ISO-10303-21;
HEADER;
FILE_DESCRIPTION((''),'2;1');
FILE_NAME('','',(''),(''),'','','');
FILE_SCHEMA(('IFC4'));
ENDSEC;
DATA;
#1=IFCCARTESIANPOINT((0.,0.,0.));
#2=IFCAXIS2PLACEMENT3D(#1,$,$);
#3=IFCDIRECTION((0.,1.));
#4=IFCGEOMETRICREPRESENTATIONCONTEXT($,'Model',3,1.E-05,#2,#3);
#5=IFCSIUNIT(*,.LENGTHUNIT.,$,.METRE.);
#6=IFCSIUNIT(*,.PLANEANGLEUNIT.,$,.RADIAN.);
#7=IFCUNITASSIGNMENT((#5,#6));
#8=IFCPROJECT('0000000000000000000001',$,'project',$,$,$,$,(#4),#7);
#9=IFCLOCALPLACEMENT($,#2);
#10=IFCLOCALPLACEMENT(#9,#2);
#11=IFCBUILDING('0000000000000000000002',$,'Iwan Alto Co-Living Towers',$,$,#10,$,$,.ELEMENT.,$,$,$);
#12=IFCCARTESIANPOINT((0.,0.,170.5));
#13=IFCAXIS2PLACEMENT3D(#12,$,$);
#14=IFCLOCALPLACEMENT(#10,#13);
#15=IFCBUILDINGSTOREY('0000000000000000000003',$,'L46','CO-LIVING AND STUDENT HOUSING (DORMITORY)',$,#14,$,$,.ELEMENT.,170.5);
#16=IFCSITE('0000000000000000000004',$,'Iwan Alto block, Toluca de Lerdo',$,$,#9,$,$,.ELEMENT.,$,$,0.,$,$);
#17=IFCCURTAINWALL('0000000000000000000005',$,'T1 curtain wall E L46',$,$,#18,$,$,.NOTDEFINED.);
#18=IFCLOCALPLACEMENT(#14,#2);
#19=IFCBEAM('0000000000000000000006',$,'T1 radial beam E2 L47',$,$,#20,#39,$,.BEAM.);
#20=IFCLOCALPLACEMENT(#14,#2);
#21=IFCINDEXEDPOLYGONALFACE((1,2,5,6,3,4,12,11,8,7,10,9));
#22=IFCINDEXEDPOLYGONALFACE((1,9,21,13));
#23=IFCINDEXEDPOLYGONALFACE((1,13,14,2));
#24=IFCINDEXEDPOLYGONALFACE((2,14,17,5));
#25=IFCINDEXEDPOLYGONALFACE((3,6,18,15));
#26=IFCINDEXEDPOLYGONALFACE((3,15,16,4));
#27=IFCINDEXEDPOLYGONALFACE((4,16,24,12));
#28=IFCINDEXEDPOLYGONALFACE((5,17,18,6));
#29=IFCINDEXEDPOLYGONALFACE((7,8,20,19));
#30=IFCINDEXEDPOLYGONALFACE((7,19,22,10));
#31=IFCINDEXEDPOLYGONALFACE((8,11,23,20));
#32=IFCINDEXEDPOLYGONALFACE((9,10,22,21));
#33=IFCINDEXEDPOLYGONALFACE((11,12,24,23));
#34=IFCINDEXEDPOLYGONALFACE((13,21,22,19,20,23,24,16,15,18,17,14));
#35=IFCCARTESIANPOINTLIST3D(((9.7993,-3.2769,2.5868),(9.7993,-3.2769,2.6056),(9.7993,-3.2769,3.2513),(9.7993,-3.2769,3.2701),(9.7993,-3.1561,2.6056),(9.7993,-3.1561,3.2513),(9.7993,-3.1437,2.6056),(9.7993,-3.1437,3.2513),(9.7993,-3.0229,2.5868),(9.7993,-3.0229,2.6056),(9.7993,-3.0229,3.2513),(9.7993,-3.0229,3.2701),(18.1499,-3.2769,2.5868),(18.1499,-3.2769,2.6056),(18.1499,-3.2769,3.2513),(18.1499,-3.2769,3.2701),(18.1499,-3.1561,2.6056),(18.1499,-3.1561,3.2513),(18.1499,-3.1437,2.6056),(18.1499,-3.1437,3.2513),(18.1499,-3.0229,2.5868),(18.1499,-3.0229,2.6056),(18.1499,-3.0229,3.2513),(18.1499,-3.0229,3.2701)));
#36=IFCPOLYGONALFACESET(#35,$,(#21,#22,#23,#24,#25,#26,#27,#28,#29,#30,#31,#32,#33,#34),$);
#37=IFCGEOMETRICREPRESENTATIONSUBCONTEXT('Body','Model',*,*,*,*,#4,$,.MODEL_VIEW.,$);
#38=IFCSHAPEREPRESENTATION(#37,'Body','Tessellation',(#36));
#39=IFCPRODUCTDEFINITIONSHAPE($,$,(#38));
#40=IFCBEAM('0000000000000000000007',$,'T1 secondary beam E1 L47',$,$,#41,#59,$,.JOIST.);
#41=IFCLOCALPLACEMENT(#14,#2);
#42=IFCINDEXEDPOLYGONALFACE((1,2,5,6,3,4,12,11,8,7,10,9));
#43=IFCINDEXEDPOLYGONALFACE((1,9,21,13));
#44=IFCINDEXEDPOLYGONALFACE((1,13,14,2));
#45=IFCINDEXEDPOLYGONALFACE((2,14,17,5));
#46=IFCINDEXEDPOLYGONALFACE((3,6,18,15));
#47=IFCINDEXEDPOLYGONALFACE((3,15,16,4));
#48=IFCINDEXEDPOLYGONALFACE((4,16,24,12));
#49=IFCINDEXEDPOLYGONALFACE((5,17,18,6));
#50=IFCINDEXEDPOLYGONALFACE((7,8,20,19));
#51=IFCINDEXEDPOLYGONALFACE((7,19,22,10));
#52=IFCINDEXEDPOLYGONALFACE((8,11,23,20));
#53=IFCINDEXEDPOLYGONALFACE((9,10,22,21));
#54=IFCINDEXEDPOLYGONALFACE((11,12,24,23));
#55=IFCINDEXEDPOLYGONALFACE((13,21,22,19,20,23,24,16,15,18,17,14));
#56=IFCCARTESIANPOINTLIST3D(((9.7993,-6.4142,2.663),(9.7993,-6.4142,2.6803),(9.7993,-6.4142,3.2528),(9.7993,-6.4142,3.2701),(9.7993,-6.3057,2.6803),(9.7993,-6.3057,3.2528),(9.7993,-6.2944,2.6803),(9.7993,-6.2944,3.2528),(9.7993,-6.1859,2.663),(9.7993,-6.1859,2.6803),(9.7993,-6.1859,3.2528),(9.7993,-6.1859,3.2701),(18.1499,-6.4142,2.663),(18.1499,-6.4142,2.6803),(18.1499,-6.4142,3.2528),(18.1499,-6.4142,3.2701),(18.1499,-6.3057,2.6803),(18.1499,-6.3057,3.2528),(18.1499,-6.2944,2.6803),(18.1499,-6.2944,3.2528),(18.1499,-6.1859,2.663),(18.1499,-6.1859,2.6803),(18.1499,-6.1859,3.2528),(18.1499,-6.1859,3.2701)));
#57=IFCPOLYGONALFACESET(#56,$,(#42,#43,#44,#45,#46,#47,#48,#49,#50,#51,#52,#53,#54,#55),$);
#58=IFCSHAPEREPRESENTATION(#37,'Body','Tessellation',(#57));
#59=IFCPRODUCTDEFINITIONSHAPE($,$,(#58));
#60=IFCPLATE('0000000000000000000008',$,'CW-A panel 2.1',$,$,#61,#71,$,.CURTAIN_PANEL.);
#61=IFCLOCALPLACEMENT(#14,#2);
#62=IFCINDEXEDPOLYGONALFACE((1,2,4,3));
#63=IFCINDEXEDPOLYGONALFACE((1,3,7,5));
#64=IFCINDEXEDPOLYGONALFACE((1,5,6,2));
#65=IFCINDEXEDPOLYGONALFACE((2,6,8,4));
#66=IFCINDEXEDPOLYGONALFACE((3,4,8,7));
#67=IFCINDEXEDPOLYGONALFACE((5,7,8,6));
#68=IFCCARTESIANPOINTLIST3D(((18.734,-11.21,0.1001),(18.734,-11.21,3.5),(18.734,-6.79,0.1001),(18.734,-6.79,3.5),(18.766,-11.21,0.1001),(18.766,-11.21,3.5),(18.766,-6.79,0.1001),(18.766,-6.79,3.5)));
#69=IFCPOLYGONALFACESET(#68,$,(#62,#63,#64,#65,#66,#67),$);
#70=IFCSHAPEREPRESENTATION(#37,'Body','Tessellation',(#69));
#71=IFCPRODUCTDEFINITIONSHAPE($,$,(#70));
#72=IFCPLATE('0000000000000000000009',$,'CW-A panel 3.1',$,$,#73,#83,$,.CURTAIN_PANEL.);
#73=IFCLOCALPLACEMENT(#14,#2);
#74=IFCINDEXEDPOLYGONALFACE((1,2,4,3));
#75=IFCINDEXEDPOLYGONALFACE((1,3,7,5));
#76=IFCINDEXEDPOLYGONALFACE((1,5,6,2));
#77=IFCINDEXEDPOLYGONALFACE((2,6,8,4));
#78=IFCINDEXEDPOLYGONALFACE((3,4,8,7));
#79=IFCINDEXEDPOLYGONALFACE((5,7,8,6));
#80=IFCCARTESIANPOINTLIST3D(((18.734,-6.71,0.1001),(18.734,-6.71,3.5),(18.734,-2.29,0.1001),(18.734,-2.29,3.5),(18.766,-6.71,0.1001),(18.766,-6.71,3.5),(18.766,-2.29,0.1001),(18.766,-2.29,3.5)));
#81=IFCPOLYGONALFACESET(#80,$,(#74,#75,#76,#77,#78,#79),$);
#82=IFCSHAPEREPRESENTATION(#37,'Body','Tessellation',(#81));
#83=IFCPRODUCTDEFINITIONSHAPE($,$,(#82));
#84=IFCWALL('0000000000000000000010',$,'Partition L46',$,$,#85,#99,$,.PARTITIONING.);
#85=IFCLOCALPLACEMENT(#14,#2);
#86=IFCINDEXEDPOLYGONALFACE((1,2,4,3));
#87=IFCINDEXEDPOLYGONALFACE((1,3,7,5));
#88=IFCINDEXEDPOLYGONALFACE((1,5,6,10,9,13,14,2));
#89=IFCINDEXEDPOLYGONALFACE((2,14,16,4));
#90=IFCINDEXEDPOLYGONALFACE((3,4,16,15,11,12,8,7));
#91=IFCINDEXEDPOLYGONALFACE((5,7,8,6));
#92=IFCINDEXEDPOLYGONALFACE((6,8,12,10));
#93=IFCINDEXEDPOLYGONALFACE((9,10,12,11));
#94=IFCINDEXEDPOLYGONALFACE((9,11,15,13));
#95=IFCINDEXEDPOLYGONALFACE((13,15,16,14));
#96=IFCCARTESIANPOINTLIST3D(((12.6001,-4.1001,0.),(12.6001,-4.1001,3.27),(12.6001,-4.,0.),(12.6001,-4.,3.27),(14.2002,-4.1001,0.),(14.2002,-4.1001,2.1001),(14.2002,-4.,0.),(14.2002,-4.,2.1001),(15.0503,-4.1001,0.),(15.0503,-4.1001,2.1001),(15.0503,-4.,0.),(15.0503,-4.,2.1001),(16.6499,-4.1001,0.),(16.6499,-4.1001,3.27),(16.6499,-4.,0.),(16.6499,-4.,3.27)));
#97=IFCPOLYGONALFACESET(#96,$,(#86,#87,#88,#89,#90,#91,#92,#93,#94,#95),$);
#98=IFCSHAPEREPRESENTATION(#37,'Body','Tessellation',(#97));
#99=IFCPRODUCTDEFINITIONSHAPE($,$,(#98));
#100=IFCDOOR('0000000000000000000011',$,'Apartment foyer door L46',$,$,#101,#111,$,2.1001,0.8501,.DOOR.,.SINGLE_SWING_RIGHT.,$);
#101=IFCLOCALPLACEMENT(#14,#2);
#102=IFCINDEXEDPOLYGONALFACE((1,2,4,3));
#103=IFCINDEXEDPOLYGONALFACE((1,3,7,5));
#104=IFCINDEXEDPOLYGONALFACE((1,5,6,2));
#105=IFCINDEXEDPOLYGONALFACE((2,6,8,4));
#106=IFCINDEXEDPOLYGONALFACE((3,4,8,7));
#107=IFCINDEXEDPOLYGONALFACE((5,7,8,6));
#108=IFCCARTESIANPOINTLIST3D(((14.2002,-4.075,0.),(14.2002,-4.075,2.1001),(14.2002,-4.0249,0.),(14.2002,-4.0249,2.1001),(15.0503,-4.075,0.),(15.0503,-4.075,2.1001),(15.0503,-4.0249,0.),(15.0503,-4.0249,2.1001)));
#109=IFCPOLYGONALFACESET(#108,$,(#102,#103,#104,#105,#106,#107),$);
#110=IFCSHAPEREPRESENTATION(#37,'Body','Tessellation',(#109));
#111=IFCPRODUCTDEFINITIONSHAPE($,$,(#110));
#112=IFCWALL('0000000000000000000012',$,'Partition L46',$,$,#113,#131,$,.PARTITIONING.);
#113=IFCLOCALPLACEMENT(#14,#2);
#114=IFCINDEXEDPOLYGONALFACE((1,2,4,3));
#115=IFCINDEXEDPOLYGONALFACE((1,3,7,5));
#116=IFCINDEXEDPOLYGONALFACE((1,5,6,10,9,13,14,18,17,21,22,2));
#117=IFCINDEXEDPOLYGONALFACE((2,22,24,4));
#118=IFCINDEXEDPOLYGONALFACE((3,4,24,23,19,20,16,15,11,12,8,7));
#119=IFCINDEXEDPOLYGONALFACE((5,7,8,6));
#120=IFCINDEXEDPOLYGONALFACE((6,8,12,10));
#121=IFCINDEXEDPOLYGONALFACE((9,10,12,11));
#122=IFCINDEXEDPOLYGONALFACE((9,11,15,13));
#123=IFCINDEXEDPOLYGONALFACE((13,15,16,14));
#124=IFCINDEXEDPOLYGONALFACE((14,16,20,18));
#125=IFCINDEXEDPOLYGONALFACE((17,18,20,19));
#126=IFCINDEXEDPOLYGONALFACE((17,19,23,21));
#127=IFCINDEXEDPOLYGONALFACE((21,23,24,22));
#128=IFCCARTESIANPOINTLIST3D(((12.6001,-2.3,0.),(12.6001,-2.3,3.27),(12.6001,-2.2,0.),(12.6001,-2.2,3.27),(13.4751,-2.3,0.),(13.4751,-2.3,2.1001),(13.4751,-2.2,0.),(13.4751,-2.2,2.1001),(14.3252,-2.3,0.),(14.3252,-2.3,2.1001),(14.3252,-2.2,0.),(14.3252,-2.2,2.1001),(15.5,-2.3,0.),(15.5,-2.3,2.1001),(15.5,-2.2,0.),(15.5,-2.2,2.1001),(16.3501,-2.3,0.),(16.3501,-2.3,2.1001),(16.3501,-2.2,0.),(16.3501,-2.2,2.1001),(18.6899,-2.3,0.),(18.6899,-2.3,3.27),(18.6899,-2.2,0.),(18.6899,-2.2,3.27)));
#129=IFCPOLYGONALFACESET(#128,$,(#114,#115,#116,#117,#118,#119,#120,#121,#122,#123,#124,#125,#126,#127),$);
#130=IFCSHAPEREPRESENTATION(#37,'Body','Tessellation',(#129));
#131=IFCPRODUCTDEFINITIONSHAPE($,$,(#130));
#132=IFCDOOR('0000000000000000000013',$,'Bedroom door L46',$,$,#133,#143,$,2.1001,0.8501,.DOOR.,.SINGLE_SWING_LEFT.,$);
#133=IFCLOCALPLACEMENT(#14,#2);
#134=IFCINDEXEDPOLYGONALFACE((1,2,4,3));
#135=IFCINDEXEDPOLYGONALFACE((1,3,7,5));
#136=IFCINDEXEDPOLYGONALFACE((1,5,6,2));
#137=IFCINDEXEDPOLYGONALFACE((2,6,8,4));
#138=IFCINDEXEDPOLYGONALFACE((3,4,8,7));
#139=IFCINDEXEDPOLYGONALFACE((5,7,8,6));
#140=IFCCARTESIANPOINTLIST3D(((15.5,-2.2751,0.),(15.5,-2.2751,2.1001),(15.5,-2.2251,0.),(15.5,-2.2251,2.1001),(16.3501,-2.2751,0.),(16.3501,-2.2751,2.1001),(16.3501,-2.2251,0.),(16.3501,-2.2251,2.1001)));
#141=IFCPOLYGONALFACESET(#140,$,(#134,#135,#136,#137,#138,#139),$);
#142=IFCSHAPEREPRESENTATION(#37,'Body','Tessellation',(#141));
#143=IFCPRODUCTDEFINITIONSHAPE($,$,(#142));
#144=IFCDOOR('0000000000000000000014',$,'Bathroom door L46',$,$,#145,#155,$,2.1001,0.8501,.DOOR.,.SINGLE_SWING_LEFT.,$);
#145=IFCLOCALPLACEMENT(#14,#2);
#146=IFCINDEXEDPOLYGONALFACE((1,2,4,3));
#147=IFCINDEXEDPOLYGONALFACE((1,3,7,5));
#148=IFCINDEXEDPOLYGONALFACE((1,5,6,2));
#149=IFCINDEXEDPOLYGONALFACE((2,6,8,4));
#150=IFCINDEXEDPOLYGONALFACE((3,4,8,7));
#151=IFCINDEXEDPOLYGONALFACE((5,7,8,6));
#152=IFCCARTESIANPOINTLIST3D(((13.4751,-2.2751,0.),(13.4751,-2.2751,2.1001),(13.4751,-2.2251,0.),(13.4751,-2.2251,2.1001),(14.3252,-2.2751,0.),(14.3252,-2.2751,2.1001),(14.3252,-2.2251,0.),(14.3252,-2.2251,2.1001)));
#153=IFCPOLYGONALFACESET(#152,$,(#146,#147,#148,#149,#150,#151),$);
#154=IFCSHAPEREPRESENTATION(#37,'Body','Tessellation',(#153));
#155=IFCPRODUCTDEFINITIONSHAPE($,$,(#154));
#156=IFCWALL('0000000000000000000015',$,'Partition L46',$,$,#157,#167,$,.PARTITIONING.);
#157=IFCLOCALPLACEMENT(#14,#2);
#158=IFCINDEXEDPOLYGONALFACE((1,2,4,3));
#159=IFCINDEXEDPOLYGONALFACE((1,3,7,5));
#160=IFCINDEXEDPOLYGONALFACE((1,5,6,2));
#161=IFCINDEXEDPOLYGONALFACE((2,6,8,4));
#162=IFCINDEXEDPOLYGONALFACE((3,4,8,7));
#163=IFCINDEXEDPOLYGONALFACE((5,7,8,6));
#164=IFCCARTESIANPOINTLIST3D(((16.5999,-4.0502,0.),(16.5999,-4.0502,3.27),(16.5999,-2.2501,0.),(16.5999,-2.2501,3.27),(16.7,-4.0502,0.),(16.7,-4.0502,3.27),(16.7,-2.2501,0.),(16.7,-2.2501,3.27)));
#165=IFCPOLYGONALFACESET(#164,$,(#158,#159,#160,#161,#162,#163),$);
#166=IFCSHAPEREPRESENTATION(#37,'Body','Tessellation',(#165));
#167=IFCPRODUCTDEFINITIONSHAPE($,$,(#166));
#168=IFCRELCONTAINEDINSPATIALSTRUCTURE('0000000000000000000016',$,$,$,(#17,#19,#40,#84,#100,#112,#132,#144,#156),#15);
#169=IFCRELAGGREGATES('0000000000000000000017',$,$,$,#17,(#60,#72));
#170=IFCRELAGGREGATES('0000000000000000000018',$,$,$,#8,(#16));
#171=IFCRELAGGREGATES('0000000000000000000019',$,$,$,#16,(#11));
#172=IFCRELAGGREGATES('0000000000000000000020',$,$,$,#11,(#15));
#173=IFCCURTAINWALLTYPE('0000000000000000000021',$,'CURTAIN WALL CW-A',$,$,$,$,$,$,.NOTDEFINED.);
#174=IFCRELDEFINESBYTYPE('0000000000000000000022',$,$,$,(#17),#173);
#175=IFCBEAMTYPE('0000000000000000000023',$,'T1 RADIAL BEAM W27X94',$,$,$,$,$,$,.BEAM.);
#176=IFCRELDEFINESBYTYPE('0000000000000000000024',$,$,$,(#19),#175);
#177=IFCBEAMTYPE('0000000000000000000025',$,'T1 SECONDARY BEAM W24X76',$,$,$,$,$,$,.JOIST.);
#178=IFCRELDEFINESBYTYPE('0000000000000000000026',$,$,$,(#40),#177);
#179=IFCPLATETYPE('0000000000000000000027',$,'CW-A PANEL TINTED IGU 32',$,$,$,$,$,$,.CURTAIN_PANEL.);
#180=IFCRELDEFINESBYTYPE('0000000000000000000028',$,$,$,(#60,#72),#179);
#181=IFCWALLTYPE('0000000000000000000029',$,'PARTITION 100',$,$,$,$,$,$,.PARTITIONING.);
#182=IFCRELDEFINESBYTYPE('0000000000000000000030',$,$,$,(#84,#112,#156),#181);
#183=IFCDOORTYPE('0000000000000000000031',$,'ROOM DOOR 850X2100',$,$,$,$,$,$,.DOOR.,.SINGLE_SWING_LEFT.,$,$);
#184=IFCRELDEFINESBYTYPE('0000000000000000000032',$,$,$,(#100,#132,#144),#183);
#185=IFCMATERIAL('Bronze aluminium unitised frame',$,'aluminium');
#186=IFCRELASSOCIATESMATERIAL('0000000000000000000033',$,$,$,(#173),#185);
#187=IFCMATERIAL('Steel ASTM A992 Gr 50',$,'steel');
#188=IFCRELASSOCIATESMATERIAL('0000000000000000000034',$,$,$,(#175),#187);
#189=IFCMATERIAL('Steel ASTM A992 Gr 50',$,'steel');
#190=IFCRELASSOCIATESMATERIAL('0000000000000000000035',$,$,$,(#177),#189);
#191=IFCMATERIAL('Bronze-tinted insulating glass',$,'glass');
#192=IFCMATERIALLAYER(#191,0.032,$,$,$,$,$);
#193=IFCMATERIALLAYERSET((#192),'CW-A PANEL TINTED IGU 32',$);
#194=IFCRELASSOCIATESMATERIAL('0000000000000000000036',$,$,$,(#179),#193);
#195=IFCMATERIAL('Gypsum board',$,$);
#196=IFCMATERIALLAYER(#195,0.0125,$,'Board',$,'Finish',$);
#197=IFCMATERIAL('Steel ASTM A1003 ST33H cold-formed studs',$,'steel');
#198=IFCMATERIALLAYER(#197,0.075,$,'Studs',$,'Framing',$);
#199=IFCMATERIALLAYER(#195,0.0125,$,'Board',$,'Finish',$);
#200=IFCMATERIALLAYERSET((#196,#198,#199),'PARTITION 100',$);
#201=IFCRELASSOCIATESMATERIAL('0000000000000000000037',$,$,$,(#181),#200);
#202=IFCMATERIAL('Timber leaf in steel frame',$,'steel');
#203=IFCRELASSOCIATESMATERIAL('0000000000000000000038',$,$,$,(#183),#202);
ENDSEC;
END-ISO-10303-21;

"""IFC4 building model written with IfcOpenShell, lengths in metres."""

from ifc_helpers import new_model, si_unit, direction, frame, frame_2d, origin, origin_2d, place, context, subcontext, project, spatial, rectangle, i_section, extrude, material, layer, layer_set, material_profile, profile_set, type_object, element, fill, aggregate, save


model = new_model("IFC4")

# Units and contexts
model_context = context("Model", 3, precision=1e-05, world=origin(), true_north=direction((0.0, 1.0)))
body_context = subcontext(model_context, "Body", "Model", "MODEL_VIEW")
ifc_project = project(units=[si_unit("LENGTHUNIT", "METRE"), si_unit("PLANEANGLEUNIT", "RADIAN")], contexts=[model_context])

# Site, building, storey
site_placement = place(None, origin())
site = spatial("IfcSite", under=ifc_project, at=site_placement, Name="Iwan Alto block, Toluca de Lerdo", CompositionType="ELEMENT", RefElevation=0.0)
building_placement = place(site_placement, origin())
building = spatial("IfcBuilding", under=site, at=building_placement, Name="Iwan Alto Co-Living Towers", CompositionType="ELEMENT")
storey_placement = place(building_placement, frame((0.0, 0.0, 170.5)))
storey = spatial("IfcBuildingStorey", under=building, at=storey_placement, Name="L46", Description="CO-LIVING AND STUDENT HOUSING (DORMITORY)", CompositionType="ELEMENT", Elevation=170.5)

# Curtain wall
ifc_material_1 = material(Name="Bronze aluminium unitised frame", Category="aluminium")
curtain_wall_type = type_object("IfcCurtainWallType", Name="CURTAIN WALL CW-A", PredefinedType="NOTDEFINED", material=ifc_material_1)
curtain_wall_placement = place(storey_placement, origin())
curtain_wall = element("IfcCurtainWall", 1, at=curtain_wall_placement, inside=storey, type_object=curtain_wall_type, Name="T1 curtain wall E L46", PredefinedType="NOTDEFINED")

# Beams
ifc_material_2 = material(Name="Steel ASTM A992 Gr 50", Category="steel")
ifc_material_profile_1 = material_profile(ifc_material_2, i_section(OverallWidth=0.2539, OverallDepth=0.6833, WebThickness=0.0125, FlangeThickness=0.0188, at=origin_2d()), Name="W27X94")
ifc_profile_set_1 = profile_set([ifc_material_profile_1], Name="Steel ASTM A992 Gr 50")
beam_type_1 = type_object("IfcBeamType", Name="T1 RADIAL BEAM W27X94", PredefinedType="BEAM", material=ifc_profile_set_1)
for number, where, z_axis, x_axis, name in (
    (2, (18.1499, -3.1499, 2.9285), (-1.0, 0.0, 0.0), (0.0, -1.0, 0.0), "T1 radial beam E2 L47"),
):
    element("IfcBeam", number, at=place(storey_placement, frame(where, z_axis=z_axis, x_axis=x_axis)), inside=storey, type_object=beam_type_1, Name=name, PredefinedType="BEAM", context=body_context, shape_type="SweptSolid", body=[
        extrude(i_section(OverallWidth=0.2539, OverallDepth=0.6833, WebThickness=0.0125, FlangeThickness=0.0188, at=origin_2d()), origin(), (0.0, 0.0, 1.0), 8.3506),
    ])
ifc_material_3 = material(Name="Steel ASTM A992 Gr 50", Category="steel")
ifc_material_profile_2 = material_profile(ifc_material_3, i_section(OverallWidth=0.2283, OverallDepth=0.6072, WebThickness=0.0112, FlangeThickness=0.0173, at=origin_2d()), Name="W24X76")
ifc_profile_set_2 = profile_set([ifc_material_profile_2], Name="Steel ASTM A992 Gr 50")
beam_type_2 = type_object("IfcBeamType", Name="T1 SECONDARY BEAM W24X76", PredefinedType="JOIST", material=ifc_profile_set_2)
beam_1_placement = place(storey_placement, frame((18.1499, -6.3, 2.9666), z_axis=(-1.0, 0.0, 0.0), x_axis=(0.0, -1.0, 0.0)))
element("IfcBeam", 3, at=beam_1_placement, inside=storey, type_object=beam_type_2, Name="T1 secondary beam E1 L47", PredefinedType="JOIST", context=body_context, shape_type="SweptSolid", body=[
    extrude(i_section(OverallWidth=0.2283, OverallDepth=0.6072, WebThickness=0.0112, FlangeThickness=0.0173, at=origin_2d()), origin(), (0.0, 0.0, 1.0), 8.3506),
])

# Plates
ifc_material_4 = material(Name="Bronze-tinted insulating glass", Category="glass")
ifc_layer_1 = layer(ifc_material_4, 0.032)
ifc_layer_set_1 = layer_set([ifc_layer_1], Name="CW-A PANEL TINTED IGU 32")
plate_type = type_object("IfcPlateType", Name="CW-A PANEL TINTED IGU 32", PredefinedType="CURTAIN_PANEL", material=ifc_layer_set_1)
plate_1_placement = place(storey_placement, frame((18.75, -9.0, 0.1001), z_axis=(0.0, 0.0, 1.0), x_axis=(0.0, 1.0, 0.0)))
plate_1 = element("IfcPlate", 4, at=plate_1_placement, type_object=plate_type, Name="CW-A panel 2.1", PredefinedType="CURTAIN_PANEL", context=body_context, shape_type="SweptSolid", body=[
    extrude(rectangle(XDim=4.4199, YDim=0.032, at=origin_2d()), origin(), (0.0, 0.0, 1.0), 3.3999),
])
plate_2_placement = place(storey_placement, frame((18.75, -4.5, 0.1001), z_axis=(0.0, 0.0, 1.0), x_axis=(0.0, 1.0, 0.0)))
plate_2 = element("IfcPlate", 5, at=plate_2_placement, type_object=plate_type, Name="CW-A panel 3.1", PredefinedType="CURTAIN_PANEL", context=body_context, shape_type="SweptSolid", body=[
    extrude(rectangle(XDim=4.4199, YDim=0.032, at=origin_2d()), origin(), (0.0, 0.0, 1.0), 3.3999),
])
aggregate(curtain_wall, [plate_1, plate_2])

# Wall, opening, door
ifc_material_5 = material(Name="Gypsum board")
ifc_layer_2 = layer(ifc_material_5, 0.0125, Name="Board", Category="Finish")
ifc_material_6 = material(Name="Steel ASTM A1003 ST33H cold-formed studs", Category="steel")
ifc_layer_3 = layer(ifc_material_6, 0.075, Name="Studs", Category="Framing")
ifc_layer_4 = layer(ifc_material_5, 0.0125, Name="Board", Category="Finish")
ifc_layer_set_2 = layer_set([ifc_layer_2, ifc_layer_3, ifc_layer_4], Name="PARTITION 100")
wall_type_1 = type_object("IfcWallType", Name="PARTITION 100", PredefinedType="PARTITIONING", material=ifc_layer_set_2)
wall_1_placement = place(storey_placement, frame((12.6001, -4.05, 0.0), z_axis=(0.0, 0.0, 1.0), x_axis=(1.0, 0.0, 0.0)))
wall_1 = element("IfcWall", 6, at=wall_1_placement, inside=storey, type_object=wall_type_1, Name="Partition L46", PredefinedType="PARTITIONING", context=body_context, shape_type="SweptSolid", body=[
    extrude(rectangle(XDim=4.0498, YDim=0.1001, at=frame_2d((2.0249, 0.0))), origin(), (0.0, 0.0, 1.0), 3.27),
])
opening_1_placement = place(wall_1_placement, frame((1.6001, 0.0, 0.0)))
opening_1 = element("IfcOpeningElement", 7, at=opening_1_placement, cuts=wall_1, PredefinedType="OPENING", context=body_context, shape_type="SweptSolid", body=[
    extrude(rectangle(XDim=0.8501, YDim=2.1001, at=frame_2d((0.425, 1.05))), frame((0.0, 0.0601, 0.0), z_axis=(0.0, -1.0, 0.0), x_axis=(1.0, 0.0, 0.0)), (0.0, 0.0, 1.0), 0.1201),
])
ifc_material_7 = material(Name="Timber leaf in steel frame", Category="steel")
door_type = type_object("IfcDoorType", Name="ROOM DOOR 850X2100", OperationType="SINGLE_SWING_LEFT", PredefinedType="DOOR", material=ifc_material_7)
door_1_placement = place(opening_1_placement, frame((0.8501, 0.0, 0.0), z_axis=(0.0, 0.0, 1.0), x_axis=(-1.0, 0.0, 0.0)))
door_1 = element("IfcDoor", 8, at=door_1_placement, inside=storey, type_object=door_type, Name="Apartment foyer door L46", OperationType="SINGLE_SWING_RIGHT", OverallHeight=2.1001, OverallWidth=0.8501, PredefinedType="DOOR", context=body_context, shape_type="SweptSolid", body=[
    extrude(rectangle(XDim=0.8501, YDim=2.1001, at=frame_2d((0.425, 1.05))), frame((0.0, 0.0249, 0.0), z_axis=(0.0, -1.0, 0.0), x_axis=(1.0, 0.0, 0.0)), (0.0, 0.0, 1.0), 0.05),
])
fill(opening_1, door_1)

# Wall, openings, doors
wall_2_placement = place(storey_placement, frame((12.6001, -2.25, 0.0), z_axis=(0.0, 0.0, 1.0), x_axis=(1.0, 0.0, 0.0)))
wall_2 = element("IfcWall", 9, at=wall_2_placement, inside=storey, type_object=wall_type_1, Name="Partition L46", PredefinedType="PARTITIONING", context=body_context, shape_type="SweptSolid", body=[
    extrude(rectangle(XDim=6.0898, YDim=0.1001, at=frame_2d((3.0449, 0.0))), origin(), (0.0, 0.0, 1.0), 3.27),
])
opening_2_placement = place(wall_2_placement, frame((2.8999, 0.0, 0.0)))
opening_2 = element("IfcOpeningElement", 10, at=opening_2_placement, cuts=wall_2, PredefinedType="OPENING", context=body_context, shape_type="SweptSolid", body=[
    extrude(rectangle(XDim=0.8501, YDim=2.1001, at=frame_2d((0.425, 1.05))), frame((0.0, 0.0601, 0.0), z_axis=(0.0, -1.0, 0.0), x_axis=(1.0, 0.0, 0.0)), (0.0, 0.0, 1.0), 0.1201),
])
opening_3_placement = place(wall_2_placement, frame((0.875, 0.0, 0.0)))
opening_3 = element("IfcOpeningElement", 11, at=opening_3_placement, cuts=wall_2, PredefinedType="OPENING", context=body_context, shape_type="SweptSolid", body=[
    extrude(rectangle(XDim=0.8501, YDim=2.1001, at=frame_2d((0.425, 1.05))), frame((0.0, 0.0601, 0.0), z_axis=(0.0, -1.0, 0.0), x_axis=(1.0, 0.0, 0.0)), (0.0, 0.0, 1.0), 0.1201),
])
door_2_placement = place(opening_2_placement, origin())
door_2 = element("IfcDoor", 12, at=door_2_placement, inside=storey, type_object=door_type, Name="Bedroom door L46", OperationType="SINGLE_SWING_LEFT", OverallHeight=2.1001, OverallWidth=0.8501, PredefinedType="DOOR", context=body_context, shape_type="SweptSolid", body=[
    extrude(rectangle(XDim=0.8501, YDim=2.1001, at=frame_2d((0.425, 1.05))), frame((0.0, 0.0249, 0.0), z_axis=(0.0, -1.0, 0.0), x_axis=(1.0, 0.0, 0.0)), (0.0, 0.0, 1.0), 0.05),
])
fill(opening_2, door_2)
door_3_placement = place(opening_3_placement, origin())
door_3 = element("IfcDoor", 13, at=door_3_placement, inside=storey, type_object=door_type, Name="Bathroom door L46", OperationType="SINGLE_SWING_LEFT", OverallHeight=2.1001, OverallWidth=0.8501, PredefinedType="DOOR", context=body_context, shape_type="SweptSolid", body=[
    extrude(rectangle(XDim=0.8501, YDim=2.1001, at=frame_2d((0.425, 1.05))), frame((0.0, 0.0249, 0.0), z_axis=(0.0, -1.0, 0.0), x_axis=(1.0, 0.0, 0.0)), (0.0, 0.0, 1.0), 0.05),
])
fill(opening_3, door_3)

# Wall
wall_3_placement = place(storey_placement, frame((16.6499, -4.05, 0.0), z_axis=(0.0, 0.0, 1.0), x_axis=(0.0, 1.0, 0.0)))
element("IfcWall", 14, at=wall_3_placement, inside=storey, type_object=wall_type_1, Name="Partition L46", PredefinedType="PARTITIONING", context=body_context, shape_type="SweptSolid", body=[
    extrude(rectangle(XDim=1.8, YDim=0.1001, at=frame_2d((0.8999, 0.0))), origin(), (0.0, 0.0, 1.0), 3.27),
])

save(model, "model.ifc")
